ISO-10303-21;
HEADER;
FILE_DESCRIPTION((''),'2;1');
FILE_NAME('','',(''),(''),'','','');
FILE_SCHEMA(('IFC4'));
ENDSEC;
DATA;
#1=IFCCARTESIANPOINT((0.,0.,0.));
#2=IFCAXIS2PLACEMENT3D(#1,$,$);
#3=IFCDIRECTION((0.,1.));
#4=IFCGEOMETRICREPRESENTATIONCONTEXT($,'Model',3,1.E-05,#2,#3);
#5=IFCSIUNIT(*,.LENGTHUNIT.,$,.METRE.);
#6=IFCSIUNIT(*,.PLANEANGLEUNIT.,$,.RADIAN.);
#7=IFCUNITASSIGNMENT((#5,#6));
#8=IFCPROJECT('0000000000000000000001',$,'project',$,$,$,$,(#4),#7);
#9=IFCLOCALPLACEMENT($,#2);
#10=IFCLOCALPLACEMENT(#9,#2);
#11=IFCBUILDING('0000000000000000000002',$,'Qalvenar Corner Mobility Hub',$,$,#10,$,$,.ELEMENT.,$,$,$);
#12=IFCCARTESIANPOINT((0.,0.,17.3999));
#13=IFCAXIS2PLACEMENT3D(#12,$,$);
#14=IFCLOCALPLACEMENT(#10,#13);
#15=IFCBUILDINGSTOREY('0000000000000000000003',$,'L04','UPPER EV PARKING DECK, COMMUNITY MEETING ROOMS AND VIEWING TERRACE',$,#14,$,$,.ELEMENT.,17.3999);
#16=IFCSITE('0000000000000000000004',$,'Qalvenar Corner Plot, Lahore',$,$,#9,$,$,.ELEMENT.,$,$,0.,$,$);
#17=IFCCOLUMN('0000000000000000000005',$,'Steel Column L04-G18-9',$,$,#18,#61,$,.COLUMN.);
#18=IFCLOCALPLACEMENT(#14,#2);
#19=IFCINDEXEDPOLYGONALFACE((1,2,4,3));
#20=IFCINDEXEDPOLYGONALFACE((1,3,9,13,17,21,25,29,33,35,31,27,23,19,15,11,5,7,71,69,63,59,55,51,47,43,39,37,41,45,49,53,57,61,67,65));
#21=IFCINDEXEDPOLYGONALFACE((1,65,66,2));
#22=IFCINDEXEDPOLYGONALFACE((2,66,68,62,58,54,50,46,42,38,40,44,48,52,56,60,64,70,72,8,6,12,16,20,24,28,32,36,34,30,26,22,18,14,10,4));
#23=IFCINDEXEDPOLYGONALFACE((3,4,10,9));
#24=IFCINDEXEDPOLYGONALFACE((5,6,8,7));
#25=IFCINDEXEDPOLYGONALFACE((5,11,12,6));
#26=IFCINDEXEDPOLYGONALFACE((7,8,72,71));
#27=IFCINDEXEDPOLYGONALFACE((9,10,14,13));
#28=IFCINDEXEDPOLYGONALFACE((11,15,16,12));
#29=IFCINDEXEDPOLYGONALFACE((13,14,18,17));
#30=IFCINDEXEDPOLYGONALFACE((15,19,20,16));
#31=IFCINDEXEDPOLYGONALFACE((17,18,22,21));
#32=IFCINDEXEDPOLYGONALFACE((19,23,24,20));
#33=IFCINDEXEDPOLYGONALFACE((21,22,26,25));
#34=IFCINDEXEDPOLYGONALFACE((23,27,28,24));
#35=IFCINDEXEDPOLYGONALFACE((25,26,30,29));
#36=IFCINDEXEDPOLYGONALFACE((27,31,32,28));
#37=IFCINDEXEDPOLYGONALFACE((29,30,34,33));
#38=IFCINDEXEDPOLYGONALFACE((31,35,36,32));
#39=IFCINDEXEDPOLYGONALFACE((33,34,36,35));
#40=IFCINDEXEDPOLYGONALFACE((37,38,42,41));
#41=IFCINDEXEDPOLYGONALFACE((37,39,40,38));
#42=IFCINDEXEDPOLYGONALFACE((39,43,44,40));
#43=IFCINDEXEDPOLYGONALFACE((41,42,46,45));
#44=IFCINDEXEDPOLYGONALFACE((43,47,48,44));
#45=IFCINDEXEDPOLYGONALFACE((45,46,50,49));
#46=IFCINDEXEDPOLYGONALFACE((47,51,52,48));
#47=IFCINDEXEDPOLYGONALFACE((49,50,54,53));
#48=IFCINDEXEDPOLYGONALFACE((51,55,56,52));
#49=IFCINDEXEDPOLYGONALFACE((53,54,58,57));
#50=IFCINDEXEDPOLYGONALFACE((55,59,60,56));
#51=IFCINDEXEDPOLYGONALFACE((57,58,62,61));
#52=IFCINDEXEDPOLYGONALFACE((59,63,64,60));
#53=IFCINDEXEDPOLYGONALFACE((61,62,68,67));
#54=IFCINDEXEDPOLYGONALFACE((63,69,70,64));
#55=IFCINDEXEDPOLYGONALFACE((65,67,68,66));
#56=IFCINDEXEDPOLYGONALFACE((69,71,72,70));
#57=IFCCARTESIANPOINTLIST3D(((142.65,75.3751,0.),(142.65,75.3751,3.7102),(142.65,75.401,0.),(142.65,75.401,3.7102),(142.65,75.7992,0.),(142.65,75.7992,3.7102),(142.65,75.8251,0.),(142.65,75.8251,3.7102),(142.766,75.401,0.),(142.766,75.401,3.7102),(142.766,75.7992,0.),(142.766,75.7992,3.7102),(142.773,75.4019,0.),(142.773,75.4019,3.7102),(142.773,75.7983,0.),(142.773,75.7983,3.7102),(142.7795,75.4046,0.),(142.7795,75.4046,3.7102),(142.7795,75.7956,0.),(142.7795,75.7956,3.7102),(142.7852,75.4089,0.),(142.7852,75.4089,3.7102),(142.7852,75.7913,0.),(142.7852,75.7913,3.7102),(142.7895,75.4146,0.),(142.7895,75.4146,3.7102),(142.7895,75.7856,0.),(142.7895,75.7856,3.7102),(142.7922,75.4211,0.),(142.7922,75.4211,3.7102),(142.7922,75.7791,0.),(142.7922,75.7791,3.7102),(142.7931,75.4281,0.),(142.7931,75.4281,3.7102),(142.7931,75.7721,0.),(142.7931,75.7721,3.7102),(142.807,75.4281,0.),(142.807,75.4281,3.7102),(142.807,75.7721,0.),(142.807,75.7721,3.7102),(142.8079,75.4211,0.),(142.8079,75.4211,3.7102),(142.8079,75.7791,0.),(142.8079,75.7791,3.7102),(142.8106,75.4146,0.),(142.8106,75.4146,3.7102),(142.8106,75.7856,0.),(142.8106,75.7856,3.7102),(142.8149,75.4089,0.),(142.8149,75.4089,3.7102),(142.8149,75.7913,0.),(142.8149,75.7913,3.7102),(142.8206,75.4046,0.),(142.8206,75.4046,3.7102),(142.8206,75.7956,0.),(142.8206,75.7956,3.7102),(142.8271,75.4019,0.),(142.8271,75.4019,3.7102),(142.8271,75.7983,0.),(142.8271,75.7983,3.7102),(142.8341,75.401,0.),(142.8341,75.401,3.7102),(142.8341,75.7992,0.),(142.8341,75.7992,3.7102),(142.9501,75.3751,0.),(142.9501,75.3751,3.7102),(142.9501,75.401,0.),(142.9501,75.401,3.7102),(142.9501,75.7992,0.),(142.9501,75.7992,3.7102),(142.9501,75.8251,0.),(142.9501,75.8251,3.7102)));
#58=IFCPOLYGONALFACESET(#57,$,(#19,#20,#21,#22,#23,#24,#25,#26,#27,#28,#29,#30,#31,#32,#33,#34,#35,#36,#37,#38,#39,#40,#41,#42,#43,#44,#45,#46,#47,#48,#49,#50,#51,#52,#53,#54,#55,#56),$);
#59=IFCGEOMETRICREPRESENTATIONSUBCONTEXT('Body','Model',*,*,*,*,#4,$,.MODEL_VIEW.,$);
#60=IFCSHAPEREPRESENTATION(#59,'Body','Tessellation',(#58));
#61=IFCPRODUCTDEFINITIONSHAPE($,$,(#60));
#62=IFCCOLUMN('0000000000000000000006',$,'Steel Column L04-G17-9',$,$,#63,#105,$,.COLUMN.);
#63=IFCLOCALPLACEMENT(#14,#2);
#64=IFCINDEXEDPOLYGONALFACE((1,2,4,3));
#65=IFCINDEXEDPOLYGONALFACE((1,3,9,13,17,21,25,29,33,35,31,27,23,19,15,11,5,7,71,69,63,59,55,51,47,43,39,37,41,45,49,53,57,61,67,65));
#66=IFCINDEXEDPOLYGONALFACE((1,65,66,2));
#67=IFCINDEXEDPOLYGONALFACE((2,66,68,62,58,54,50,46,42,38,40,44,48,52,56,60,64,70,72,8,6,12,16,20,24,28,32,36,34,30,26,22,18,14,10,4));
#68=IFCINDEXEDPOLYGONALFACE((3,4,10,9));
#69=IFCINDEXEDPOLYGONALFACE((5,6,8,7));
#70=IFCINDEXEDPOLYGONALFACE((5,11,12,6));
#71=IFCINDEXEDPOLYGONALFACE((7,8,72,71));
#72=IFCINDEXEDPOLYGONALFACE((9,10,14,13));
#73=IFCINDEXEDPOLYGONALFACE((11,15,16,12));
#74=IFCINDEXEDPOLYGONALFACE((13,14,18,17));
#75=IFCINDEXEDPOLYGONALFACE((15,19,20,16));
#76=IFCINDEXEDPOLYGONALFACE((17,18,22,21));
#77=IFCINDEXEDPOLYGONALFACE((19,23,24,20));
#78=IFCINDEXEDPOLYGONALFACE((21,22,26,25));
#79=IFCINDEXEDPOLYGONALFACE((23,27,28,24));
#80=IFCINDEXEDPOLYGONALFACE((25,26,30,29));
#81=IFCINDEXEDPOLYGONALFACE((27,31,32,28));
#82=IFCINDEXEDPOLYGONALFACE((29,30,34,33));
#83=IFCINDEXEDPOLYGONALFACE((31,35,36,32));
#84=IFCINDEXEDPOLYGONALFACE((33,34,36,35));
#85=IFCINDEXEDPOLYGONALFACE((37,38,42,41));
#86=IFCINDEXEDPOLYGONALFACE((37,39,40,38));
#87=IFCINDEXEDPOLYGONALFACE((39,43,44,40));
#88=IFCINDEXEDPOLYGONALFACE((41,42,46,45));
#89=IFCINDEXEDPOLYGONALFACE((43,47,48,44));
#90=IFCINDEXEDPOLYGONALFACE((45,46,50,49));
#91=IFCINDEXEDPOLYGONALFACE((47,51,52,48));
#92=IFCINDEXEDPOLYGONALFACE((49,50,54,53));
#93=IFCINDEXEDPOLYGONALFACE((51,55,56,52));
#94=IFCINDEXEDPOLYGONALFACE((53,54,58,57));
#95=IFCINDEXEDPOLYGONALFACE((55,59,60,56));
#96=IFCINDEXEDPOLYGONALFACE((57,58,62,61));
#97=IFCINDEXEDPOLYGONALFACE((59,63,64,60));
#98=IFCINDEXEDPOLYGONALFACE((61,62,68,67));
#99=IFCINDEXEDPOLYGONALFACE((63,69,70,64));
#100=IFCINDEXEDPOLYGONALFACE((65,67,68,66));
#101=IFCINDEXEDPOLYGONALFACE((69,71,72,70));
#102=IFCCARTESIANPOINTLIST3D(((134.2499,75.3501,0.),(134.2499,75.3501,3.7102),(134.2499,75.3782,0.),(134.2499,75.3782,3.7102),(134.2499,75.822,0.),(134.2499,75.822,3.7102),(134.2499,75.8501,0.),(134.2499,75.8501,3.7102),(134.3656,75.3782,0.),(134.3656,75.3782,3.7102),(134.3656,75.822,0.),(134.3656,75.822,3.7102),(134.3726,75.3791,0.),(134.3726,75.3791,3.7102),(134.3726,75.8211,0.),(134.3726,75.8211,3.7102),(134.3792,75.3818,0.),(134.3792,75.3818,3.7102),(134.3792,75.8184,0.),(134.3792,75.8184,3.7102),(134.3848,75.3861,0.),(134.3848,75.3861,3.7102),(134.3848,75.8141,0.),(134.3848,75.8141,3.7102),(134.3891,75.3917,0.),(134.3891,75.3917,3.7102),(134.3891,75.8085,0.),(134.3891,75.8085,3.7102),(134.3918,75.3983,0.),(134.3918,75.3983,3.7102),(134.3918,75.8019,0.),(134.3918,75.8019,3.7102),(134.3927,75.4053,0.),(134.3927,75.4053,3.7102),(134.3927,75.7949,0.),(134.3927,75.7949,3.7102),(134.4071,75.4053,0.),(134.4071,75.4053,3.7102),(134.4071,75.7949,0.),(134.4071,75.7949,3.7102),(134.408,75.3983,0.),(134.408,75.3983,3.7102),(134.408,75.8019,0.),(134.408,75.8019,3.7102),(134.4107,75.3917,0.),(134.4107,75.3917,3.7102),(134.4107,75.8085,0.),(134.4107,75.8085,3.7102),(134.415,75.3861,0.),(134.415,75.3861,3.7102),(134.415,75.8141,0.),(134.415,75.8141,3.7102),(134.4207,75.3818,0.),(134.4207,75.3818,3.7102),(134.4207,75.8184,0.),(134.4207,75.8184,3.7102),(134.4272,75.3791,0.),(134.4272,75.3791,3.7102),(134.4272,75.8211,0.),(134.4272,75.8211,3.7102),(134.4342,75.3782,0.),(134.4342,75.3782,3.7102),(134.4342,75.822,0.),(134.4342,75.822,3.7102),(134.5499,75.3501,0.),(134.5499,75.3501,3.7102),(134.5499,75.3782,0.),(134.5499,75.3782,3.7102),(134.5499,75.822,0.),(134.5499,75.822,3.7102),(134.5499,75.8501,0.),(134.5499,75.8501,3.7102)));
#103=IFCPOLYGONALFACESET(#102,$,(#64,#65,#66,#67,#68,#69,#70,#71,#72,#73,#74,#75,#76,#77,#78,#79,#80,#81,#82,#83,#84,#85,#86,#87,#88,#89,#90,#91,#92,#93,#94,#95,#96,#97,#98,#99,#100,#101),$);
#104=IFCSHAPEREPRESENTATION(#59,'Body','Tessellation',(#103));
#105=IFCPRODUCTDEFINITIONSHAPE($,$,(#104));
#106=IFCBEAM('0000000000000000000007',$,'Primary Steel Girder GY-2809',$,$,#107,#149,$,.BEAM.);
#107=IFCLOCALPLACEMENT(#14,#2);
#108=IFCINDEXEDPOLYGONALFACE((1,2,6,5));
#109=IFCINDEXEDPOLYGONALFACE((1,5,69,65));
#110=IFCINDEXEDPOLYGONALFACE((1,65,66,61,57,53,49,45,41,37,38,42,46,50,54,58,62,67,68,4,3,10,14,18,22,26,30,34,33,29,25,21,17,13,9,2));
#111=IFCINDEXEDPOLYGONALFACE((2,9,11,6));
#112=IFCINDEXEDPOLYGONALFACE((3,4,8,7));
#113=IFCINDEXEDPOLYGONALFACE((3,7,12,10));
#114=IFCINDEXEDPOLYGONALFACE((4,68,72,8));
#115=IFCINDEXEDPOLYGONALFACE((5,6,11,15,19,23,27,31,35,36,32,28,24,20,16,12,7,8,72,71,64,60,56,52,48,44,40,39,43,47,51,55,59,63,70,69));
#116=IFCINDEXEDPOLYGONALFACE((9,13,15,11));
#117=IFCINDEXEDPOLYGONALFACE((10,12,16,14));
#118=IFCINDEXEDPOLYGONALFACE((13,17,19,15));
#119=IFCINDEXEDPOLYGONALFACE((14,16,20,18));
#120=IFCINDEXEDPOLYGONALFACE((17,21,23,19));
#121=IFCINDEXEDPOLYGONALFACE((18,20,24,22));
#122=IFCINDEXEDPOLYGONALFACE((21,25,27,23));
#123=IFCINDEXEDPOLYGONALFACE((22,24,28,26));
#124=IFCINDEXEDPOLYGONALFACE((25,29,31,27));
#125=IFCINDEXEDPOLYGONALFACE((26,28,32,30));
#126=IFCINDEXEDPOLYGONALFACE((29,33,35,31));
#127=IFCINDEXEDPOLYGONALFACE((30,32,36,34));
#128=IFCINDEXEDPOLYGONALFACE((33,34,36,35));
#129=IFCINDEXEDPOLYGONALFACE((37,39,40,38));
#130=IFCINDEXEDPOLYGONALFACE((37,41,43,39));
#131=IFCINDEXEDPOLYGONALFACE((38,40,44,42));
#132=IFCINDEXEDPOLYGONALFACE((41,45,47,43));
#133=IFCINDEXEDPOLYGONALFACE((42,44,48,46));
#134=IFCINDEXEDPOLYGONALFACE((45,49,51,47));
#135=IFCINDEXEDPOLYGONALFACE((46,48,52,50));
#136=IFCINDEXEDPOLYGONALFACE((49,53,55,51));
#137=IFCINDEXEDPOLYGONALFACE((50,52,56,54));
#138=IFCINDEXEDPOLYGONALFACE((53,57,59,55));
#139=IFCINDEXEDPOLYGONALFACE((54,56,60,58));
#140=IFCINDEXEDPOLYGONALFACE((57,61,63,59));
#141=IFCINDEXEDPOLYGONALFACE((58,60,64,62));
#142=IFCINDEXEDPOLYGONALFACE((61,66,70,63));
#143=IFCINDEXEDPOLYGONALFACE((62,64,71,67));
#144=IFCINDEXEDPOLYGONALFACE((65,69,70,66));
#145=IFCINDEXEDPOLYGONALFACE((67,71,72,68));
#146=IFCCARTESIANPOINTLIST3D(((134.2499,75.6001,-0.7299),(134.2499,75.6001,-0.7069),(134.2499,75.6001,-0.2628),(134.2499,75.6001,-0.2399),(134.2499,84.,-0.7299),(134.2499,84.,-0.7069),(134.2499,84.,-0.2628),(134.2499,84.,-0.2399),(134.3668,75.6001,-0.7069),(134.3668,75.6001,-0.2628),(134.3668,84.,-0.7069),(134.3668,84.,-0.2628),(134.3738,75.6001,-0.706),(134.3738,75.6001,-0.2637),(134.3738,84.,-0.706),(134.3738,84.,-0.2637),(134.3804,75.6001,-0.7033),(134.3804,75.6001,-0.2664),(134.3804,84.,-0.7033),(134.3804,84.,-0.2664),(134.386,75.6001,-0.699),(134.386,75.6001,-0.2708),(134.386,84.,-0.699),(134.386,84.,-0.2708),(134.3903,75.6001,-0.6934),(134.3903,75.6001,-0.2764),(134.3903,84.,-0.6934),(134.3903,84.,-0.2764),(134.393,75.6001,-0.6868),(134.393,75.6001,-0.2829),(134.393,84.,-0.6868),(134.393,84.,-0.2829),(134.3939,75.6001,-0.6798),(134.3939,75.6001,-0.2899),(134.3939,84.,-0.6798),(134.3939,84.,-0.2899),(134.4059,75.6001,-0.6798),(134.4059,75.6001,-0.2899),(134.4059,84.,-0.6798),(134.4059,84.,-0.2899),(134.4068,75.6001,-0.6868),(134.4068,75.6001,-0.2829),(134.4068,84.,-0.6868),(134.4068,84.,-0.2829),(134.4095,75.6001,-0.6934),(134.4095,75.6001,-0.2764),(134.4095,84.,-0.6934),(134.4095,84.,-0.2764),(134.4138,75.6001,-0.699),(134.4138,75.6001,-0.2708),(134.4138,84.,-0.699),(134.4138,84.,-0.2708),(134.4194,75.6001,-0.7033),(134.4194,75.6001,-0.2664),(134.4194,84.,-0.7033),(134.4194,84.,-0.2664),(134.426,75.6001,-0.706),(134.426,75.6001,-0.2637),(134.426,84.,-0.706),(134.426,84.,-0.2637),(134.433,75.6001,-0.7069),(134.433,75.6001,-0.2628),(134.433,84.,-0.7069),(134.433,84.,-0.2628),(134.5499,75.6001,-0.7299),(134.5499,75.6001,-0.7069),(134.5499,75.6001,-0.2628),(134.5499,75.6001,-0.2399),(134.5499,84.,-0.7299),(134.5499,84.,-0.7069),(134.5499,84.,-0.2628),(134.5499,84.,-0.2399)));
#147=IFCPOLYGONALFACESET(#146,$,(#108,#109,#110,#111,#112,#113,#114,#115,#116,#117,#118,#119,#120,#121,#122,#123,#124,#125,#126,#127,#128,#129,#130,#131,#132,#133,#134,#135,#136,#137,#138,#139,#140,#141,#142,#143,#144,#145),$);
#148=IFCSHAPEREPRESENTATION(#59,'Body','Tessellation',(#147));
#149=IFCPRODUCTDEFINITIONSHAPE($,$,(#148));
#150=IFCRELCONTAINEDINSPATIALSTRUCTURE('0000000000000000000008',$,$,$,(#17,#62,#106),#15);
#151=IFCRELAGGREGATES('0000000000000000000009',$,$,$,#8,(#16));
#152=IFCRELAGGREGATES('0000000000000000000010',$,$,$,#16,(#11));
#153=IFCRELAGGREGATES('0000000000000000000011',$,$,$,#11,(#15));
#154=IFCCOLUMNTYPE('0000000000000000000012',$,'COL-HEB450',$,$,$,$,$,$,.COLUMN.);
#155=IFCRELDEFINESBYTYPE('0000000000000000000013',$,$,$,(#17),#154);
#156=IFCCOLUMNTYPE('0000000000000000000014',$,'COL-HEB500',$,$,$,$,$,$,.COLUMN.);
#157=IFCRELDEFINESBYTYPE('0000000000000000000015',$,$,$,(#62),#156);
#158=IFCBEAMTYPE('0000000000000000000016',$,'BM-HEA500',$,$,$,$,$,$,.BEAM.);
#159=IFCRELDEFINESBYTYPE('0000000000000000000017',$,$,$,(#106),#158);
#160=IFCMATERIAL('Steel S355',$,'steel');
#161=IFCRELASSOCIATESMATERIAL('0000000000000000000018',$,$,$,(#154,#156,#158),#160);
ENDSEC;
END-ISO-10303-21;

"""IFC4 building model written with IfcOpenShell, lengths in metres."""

from ifc_helpers import new_model, si_unit, direction, frame, origin, origin_2d, place, context, subcontext, project, spatial, i_section, extrude, material, material_profile, profile_set, type_object, element, save


model = new_model("IFC4")

# Units and contexts
model_context = context("Model", 3, precision=1e-05, world=origin(), true_north=direction((0.0, 1.0)))
body_context = subcontext(model_context, "Body", "Model", "MODEL_VIEW")
ifc_project = project(units=[si_unit("LENGTHUNIT", "METRE"), si_unit("PLANEANGLEUNIT", "RADIAN")], contexts=[model_context])

# Site, building, storey
site_placement = place(None, origin())
site = spatial("IfcSite", under=ifc_project, at=site_placement, Name="Qalvenar Corner Plot, Lahore", CompositionType="ELEMENT", RefElevation=0.0)
building_placement = place(site_placement, origin())
building = spatial("IfcBuilding", under=site, at=building_placement, Name="Qalvenar Corner Mobility Hub", CompositionType="ELEMENT")
storey_placement = place(building_placement, frame((0.0, 0.0, 17.3999)))
storey = spatial("IfcBuildingStorey", under=building, at=storey_placement, Name="L04", Description="UPPER EV PARKING DECK, COMMUNITY MEETING ROOMS AND VIEWING TERRACE", CompositionType="ELEMENT", Elevation=17.3999)

# Columns
ifc_material_1 = material(Name="Steel S355", Category="steel")
ifc_material_profile_1 = material_profile(ifc_material_1, i_section(OverallWidth=0.3, OverallDepth=0.45, WebThickness=0.0139, FlangeThickness=0.0259, FilletRadius=0.0271, at=origin_2d()), Name="HEB450")
ifc_profile_set_1 = profile_set([ifc_material_profile_1], Name="Steel S355")
column_type_1 = type_object("IfcColumnType", Name="COL-HEB450", PredefinedType="COLUMN", material=ifc_profile_set_1)
column_1_placement = place(storey_placement, frame((142.8, 75.6001, 0.0), z_axis=(0.0, 0.0, 1.0), x_axis=(1.0, 0.0, 0.0)))
element("IfcColumn", 1, at=column_1_placement, inside=storey, type_object=column_type_1, Name="Steel Column L04-G18-9", PredefinedType="COLUMN", context=body_context, shape_type="SweptSolid", body=[
    extrude(i_section(OverallWidth=0.3, OverallDepth=0.45, WebThickness=0.0139, FlangeThickness=0.0259, FilletRadius=0.0271, at=origin_2d()), origin(), (0.0, 0.0, 1.0), 3.7102),
])
ifc_material_profile_2 = material_profile(ifc_material_1, i_section(OverallWidth=0.3, OverallDepth=0.5, WebThickness=0.0144, FlangeThickness=0.0281, FilletRadius=0.0271, at=origin_2d()), Name="HEB500")
ifc_profile_set_2 = profile_set([ifc_material_profile_2], Name="Steel S355")
column_type_2 = type_object("IfcColumnType", Name="COL-HEB500", PredefinedType="COLUMN", material=ifc_profile_set_2)
column_2_placement = place(storey_placement, frame((134.3999, 75.6001, 0.0), z_axis=(0.0, 0.0, 1.0), x_axis=(1.0, 0.0, 0.0)))
element("IfcColumn", 2, at=column_2_placement, inside=storey, type_object=column_type_2, Name="Steel Column L04-G17-9", PredefinedType="COLUMN", context=body_context, shape_type="SweptSolid", body=[
    extrude(i_section(OverallWidth=0.3, OverallDepth=0.5, WebThickness=0.0144, FlangeThickness=0.0281, FilletRadius=0.0271, at=origin_2d()), origin(), (0.0, 0.0, 1.0), 3.7102),
])

# Beam
ifc_material_profile_3 = material_profile(ifc_material_1, i_section(OverallWidth=0.3, OverallDepth=0.49, WebThickness=0.012, FlangeThickness=0.0229, FilletRadius=0.0271, at=origin_2d()), Name="HEA500")
ifc_profile_set_3 = profile_set([ifc_material_profile_3], Name="Steel S355")
beam_type_1 = type_object("IfcBeamType", Name="BM-HEA500", PredefinedType="BEAM", material=ifc_profile_set_3)
beam_1_placement = place(storey_placement, frame((134.3999, 75.6001, -0.4849), z_axis=(0.0, 1.0, 0.0), x_axis=(-1.0, 0.0, 0.0)))
element("IfcBeam", 3, at=beam_1_placement, inside=storey, type_object=beam_type_1, Name="Primary Steel Girder GY-2809", PredefinedType="BEAM", context=body_context, shape_type="SweptSolid", body=[
    extrude(i_section(OverallWidth=0.3, OverallDepth=0.49, WebThickness=0.012, FlangeThickness=0.0229, FilletRadius=0.0271, at=origin_2d()), origin(), (0.0, 0.0, 1.0), 8.3999),
])

save(model, "model.ifc")
